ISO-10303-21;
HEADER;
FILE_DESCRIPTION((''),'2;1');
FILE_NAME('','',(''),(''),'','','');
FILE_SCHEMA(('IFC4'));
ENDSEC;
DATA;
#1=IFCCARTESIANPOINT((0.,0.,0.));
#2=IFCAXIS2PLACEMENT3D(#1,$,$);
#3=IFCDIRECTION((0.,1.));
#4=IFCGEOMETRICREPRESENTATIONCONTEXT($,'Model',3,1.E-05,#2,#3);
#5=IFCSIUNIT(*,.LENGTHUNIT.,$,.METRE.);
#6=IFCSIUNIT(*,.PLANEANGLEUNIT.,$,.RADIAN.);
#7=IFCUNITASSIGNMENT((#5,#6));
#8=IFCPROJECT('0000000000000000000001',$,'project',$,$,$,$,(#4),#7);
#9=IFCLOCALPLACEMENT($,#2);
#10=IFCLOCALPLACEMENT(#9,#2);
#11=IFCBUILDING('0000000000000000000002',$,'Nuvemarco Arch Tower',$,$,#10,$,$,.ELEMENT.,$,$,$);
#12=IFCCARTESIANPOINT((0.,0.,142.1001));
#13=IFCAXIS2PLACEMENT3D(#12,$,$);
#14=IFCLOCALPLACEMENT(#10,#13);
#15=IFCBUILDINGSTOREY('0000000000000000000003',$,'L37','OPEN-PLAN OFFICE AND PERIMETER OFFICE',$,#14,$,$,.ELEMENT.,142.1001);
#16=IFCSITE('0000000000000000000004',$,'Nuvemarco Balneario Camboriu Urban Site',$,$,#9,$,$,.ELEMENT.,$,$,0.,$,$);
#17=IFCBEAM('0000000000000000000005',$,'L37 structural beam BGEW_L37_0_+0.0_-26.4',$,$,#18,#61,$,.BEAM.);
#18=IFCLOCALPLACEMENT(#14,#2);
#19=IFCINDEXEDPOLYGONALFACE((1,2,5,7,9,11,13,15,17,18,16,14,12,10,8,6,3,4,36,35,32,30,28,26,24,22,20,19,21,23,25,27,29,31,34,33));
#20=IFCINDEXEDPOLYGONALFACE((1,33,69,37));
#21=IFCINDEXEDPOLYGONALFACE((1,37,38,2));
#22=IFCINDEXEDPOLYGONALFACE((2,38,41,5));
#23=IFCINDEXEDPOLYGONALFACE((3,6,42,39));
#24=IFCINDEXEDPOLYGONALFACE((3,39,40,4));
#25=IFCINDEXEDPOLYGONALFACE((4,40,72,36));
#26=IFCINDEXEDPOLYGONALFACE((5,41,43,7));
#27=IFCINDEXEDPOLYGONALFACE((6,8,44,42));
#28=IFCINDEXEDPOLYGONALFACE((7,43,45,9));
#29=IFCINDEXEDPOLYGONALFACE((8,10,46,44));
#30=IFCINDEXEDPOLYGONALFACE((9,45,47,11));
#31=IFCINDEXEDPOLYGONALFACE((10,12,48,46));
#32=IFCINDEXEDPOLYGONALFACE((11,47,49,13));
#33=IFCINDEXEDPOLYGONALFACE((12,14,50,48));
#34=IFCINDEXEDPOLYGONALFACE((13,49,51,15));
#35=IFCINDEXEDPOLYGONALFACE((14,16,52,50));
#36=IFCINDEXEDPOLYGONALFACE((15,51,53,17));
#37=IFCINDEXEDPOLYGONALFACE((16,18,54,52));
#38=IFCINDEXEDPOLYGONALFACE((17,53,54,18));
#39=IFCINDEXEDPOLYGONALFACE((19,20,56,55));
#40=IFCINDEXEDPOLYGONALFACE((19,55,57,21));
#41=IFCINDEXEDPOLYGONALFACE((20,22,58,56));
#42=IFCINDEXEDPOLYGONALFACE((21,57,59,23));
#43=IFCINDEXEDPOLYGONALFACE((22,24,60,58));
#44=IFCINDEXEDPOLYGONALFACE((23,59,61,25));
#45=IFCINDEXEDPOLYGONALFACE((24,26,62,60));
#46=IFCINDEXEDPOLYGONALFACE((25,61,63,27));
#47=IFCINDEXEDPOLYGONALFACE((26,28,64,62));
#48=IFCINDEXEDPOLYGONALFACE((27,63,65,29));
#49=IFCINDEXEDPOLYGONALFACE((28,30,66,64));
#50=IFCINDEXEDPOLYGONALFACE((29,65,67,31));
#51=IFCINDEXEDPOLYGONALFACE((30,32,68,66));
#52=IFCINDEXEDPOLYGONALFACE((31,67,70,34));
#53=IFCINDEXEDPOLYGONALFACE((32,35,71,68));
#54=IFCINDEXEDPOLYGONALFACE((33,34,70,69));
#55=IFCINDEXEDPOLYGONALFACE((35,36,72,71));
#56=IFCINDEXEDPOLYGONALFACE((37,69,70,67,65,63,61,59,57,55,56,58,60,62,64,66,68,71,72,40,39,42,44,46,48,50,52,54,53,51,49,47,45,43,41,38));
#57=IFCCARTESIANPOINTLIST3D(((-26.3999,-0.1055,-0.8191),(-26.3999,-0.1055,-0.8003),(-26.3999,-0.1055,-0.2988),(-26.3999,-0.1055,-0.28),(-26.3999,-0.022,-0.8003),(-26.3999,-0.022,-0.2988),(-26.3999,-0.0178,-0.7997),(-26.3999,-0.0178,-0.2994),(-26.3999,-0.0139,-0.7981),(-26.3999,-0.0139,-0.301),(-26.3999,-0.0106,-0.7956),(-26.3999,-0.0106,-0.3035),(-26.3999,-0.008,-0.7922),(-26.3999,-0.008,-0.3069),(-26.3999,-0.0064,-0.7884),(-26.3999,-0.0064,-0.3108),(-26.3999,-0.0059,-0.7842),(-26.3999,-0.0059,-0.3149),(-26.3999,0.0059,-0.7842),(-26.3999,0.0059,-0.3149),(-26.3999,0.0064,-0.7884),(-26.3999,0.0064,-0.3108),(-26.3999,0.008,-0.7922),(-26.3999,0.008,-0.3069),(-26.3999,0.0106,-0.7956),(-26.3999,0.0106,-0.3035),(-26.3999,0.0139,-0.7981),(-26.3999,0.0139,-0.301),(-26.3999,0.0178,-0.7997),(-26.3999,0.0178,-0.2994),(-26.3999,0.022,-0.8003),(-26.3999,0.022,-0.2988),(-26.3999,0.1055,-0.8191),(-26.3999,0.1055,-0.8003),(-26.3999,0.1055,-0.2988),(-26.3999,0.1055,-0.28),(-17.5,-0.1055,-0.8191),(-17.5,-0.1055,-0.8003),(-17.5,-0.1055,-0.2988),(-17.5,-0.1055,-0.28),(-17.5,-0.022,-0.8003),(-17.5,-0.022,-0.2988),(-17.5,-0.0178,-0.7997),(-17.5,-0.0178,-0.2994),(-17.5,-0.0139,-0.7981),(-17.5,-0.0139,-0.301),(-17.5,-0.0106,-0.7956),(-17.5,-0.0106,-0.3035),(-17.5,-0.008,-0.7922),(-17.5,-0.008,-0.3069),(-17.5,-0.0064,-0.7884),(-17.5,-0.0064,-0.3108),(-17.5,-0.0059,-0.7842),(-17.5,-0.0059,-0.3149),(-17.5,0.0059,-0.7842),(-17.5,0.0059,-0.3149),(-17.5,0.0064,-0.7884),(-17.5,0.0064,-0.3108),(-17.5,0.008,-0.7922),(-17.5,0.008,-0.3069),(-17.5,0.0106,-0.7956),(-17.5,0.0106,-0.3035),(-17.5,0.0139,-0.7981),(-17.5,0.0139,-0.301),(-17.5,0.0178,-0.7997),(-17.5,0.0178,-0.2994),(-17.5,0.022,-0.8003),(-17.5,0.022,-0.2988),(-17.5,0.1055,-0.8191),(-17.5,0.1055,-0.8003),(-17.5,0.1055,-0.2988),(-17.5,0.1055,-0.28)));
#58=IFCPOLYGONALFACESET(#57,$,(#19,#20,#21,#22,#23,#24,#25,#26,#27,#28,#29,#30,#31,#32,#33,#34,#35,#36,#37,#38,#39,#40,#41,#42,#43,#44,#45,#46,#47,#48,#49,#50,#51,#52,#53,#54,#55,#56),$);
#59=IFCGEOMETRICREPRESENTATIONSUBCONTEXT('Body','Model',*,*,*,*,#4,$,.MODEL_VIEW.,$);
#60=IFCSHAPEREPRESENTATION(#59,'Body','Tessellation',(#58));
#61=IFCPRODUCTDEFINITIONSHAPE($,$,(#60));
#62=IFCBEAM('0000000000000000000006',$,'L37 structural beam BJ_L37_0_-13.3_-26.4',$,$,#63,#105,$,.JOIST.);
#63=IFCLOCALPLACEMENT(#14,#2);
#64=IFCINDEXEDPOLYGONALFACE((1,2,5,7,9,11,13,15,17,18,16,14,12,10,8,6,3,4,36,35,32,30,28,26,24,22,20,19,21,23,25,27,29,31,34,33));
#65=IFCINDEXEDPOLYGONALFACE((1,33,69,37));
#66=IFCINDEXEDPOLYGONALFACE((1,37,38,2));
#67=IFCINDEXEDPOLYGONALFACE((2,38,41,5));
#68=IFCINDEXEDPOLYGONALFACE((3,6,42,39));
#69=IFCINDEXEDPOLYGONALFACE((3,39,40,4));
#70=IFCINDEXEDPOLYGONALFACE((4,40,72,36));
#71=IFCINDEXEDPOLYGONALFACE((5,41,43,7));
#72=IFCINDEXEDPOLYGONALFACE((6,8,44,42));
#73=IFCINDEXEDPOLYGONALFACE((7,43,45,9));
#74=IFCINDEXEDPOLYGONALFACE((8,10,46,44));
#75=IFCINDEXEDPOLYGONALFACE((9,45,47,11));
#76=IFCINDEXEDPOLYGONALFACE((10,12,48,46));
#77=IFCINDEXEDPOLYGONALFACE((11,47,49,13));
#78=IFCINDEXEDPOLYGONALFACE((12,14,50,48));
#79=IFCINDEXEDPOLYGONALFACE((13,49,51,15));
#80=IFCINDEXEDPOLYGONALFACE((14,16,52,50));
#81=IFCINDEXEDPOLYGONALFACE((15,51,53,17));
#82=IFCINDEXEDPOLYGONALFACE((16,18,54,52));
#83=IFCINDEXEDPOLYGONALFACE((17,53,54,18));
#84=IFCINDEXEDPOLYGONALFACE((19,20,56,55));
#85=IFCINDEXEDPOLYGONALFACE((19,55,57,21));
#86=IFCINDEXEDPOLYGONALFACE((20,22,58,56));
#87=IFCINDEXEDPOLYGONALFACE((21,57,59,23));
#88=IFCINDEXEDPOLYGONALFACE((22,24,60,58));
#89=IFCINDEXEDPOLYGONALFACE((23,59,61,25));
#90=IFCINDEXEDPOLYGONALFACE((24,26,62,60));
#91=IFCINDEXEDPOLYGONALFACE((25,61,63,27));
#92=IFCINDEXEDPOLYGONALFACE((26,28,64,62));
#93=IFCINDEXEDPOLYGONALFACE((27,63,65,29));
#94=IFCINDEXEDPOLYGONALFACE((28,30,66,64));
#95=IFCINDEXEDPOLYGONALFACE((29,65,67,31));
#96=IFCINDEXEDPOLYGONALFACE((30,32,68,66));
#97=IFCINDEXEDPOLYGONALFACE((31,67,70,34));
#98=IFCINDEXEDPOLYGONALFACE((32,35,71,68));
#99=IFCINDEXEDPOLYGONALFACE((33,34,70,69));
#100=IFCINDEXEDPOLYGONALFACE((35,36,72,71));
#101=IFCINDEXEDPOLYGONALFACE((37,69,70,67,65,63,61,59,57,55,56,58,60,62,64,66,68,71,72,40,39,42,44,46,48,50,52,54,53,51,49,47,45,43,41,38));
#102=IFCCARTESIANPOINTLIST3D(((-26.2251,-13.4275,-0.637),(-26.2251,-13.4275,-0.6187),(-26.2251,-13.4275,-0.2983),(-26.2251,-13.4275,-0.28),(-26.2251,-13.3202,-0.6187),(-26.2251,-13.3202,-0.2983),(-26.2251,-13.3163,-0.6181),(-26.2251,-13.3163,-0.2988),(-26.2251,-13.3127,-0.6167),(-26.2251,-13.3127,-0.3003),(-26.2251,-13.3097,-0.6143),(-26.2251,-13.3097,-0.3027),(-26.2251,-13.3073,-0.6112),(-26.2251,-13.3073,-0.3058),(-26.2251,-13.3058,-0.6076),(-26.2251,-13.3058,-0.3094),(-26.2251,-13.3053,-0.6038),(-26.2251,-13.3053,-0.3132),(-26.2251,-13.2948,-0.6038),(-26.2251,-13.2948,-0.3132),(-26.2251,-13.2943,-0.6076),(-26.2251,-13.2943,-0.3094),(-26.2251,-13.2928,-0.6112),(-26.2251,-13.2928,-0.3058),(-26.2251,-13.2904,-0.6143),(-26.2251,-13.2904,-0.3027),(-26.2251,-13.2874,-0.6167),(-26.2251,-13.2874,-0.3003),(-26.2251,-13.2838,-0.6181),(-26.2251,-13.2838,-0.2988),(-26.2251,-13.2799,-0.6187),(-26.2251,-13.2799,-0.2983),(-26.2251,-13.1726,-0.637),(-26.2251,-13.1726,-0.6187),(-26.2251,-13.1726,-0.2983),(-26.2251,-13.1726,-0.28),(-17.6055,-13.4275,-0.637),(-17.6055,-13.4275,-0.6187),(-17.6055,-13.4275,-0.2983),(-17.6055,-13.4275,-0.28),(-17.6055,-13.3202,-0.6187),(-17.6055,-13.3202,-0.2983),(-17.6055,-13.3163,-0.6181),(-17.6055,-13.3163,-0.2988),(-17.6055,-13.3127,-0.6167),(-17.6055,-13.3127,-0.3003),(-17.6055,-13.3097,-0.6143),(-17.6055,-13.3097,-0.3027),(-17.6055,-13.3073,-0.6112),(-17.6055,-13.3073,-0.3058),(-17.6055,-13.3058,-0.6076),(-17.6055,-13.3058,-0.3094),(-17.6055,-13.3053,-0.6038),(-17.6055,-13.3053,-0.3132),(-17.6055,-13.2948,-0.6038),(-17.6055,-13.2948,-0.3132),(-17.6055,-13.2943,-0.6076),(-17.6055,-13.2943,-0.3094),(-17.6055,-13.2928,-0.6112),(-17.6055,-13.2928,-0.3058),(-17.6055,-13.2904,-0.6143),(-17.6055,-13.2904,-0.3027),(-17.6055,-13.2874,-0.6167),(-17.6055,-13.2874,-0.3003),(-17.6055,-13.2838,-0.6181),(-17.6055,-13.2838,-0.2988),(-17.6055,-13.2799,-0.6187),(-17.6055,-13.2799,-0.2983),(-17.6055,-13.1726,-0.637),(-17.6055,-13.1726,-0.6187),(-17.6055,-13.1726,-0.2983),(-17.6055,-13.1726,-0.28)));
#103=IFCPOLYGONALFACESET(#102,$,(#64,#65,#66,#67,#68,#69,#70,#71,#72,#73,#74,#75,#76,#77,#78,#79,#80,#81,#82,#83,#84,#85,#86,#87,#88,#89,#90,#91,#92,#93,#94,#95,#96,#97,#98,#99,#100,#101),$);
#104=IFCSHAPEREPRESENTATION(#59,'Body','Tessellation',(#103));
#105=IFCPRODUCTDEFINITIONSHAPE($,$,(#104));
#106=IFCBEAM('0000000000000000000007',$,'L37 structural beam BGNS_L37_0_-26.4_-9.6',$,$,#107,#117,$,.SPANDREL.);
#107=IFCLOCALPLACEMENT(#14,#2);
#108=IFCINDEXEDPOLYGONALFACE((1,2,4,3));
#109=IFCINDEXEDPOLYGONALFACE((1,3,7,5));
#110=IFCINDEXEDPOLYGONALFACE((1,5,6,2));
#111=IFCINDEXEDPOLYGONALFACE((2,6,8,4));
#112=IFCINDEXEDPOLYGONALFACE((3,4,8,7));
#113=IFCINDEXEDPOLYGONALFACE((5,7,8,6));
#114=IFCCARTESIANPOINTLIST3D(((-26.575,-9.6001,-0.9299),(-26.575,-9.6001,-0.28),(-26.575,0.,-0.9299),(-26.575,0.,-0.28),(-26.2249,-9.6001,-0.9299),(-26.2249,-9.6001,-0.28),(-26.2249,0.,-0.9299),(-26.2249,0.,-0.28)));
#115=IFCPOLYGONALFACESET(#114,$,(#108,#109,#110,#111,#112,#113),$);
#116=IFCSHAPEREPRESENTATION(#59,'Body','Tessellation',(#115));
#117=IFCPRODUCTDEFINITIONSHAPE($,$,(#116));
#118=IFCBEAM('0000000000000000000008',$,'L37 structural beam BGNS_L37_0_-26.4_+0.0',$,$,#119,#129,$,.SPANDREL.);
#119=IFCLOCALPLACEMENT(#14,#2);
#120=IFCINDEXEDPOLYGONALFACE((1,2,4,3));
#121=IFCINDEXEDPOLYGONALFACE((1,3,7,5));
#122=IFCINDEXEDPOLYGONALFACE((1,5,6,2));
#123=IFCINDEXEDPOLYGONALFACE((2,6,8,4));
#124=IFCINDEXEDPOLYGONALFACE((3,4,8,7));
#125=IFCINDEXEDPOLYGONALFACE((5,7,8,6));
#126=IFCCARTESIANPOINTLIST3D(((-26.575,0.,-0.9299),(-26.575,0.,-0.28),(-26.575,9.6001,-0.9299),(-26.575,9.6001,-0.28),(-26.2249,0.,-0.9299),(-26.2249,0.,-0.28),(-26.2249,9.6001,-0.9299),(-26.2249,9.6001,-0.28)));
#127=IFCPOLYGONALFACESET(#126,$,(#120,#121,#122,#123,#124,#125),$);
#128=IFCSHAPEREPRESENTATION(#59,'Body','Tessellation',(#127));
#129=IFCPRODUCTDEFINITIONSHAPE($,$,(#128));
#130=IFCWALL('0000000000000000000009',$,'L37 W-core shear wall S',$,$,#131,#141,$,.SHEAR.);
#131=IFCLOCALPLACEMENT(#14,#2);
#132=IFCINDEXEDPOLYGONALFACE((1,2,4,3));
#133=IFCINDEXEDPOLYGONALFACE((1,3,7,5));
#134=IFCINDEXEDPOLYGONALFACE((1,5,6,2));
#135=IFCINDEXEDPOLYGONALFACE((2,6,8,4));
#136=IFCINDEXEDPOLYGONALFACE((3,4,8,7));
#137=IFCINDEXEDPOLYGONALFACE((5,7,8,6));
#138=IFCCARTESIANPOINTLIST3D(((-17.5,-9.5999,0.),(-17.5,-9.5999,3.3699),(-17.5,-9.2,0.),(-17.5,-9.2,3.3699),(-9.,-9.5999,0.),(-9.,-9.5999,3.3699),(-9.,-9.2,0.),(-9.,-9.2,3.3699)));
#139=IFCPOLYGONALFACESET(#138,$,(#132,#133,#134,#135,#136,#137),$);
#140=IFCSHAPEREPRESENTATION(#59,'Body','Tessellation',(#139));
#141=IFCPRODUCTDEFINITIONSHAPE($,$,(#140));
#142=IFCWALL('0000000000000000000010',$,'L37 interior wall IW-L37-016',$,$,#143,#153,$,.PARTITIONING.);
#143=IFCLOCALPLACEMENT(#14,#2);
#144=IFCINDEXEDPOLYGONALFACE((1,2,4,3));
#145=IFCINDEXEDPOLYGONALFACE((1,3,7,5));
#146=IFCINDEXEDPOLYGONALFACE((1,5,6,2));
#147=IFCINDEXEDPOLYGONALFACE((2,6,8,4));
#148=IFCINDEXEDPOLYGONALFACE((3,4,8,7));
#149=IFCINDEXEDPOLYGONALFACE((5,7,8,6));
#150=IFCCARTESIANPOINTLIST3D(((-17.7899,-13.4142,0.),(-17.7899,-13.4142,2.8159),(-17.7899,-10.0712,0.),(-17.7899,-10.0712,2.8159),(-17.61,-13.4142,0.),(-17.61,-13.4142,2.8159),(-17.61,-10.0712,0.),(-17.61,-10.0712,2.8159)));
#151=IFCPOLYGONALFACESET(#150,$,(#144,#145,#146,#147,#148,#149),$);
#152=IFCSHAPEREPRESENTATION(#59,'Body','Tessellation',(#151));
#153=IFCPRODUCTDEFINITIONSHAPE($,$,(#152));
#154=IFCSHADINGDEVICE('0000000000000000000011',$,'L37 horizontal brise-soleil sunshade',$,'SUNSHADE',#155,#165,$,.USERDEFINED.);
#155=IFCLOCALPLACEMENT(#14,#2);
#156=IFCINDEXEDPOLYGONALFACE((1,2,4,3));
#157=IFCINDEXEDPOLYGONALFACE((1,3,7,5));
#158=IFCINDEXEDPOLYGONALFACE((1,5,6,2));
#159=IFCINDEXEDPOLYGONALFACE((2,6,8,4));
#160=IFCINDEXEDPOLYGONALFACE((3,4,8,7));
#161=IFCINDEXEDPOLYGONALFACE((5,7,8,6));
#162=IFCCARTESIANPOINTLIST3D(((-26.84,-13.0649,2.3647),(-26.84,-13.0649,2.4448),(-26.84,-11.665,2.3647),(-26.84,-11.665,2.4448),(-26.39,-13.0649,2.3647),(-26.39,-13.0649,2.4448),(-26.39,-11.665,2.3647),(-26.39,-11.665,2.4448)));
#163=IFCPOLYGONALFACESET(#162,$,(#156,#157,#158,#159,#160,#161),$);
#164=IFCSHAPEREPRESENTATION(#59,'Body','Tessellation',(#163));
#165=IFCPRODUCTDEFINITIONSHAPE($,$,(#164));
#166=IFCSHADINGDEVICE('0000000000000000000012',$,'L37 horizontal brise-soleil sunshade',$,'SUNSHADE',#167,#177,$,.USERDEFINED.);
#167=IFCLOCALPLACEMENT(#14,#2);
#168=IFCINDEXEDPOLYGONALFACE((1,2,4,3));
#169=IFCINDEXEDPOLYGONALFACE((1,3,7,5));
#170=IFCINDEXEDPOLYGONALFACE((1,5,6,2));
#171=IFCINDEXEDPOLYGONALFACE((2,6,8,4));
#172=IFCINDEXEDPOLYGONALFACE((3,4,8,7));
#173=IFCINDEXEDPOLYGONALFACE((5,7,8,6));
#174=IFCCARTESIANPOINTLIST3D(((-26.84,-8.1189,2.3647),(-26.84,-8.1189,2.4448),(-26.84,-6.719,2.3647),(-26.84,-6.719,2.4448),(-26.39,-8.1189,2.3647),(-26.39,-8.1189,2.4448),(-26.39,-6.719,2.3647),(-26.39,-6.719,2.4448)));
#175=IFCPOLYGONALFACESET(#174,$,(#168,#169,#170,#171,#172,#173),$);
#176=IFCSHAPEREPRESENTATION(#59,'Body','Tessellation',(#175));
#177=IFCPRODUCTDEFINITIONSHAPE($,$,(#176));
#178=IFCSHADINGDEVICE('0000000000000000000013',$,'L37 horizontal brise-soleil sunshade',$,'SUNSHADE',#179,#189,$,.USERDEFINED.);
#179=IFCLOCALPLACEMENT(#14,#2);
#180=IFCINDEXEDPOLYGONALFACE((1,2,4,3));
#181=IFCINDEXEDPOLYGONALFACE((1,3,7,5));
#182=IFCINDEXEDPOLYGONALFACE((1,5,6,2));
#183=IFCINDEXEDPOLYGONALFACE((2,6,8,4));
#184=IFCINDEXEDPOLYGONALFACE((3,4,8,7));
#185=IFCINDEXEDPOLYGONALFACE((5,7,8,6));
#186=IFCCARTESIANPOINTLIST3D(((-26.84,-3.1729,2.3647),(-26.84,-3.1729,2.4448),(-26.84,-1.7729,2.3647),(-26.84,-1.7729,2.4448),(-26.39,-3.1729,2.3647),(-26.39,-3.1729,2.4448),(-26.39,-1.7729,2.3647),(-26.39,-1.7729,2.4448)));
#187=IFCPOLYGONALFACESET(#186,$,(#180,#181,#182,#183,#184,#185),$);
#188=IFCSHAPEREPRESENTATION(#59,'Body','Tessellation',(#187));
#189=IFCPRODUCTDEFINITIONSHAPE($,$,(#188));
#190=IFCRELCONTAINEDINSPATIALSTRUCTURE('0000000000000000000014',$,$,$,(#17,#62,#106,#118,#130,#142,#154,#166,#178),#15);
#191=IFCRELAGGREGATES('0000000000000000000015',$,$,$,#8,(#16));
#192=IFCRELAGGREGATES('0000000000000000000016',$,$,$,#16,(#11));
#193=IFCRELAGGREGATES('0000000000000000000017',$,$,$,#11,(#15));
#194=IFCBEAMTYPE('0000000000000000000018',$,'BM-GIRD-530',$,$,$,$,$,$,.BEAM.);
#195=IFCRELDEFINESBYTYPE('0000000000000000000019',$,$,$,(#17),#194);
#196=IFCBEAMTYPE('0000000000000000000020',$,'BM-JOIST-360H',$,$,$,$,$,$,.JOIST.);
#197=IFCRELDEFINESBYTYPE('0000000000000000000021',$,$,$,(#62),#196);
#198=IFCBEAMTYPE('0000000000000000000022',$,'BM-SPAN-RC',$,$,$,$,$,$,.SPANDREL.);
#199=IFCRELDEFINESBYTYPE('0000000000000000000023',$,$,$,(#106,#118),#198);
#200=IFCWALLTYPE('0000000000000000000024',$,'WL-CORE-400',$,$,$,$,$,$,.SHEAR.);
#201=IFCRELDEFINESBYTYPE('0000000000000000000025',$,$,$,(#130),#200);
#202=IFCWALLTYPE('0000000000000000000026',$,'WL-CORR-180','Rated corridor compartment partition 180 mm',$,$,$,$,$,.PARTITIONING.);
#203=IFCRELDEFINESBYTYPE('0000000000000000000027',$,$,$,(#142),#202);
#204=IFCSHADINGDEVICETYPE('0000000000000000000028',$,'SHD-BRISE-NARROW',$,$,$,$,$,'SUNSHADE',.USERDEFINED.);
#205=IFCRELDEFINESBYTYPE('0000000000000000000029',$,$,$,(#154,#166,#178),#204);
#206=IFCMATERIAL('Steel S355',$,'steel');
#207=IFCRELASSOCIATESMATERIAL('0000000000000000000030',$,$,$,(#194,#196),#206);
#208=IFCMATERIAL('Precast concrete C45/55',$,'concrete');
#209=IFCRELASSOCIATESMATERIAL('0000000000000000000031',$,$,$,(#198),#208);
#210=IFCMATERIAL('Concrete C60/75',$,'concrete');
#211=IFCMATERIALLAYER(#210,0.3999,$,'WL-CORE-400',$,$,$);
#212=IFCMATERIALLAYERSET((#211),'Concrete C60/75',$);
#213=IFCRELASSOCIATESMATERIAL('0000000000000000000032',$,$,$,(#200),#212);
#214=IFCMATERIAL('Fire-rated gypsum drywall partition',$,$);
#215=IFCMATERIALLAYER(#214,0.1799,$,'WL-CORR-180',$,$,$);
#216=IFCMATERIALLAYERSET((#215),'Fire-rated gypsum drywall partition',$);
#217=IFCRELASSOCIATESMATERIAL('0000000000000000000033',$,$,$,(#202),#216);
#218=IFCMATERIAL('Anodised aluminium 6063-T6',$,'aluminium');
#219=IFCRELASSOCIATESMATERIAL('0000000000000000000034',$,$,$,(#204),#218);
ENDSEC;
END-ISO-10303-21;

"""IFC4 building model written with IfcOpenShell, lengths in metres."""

from ifc_helpers import new_model, si_unit, direction, frame, frame_2d, origin, origin_2d, place, context, subcontext, project, spatial, rectangle, i_section, extrude, source, transform, mapped, material, layer, layer_set, material_profile, profile_set, type_object, type_shapes, element, save


model = new_model("IFC4")

# Units and contexts
model_context = context("Model", 3, precision=1e-05, world=origin(), true_north=direction((0.0, 1.0)))
body_context = subcontext(model_context, "Body", "Model", "MODEL_VIEW")
ifc_project = project(units=[si_unit("LENGTHUNIT", "METRE"), si_unit("PLANEANGLEUNIT", "RADIAN")], contexts=[model_context])

# Site, building, storey
site_placement = place(None, origin())
site = spatial("IfcSite", under=ifc_project, at=site_placement, Name="Nuvemarco Balneario Camboriu Urban Site", CompositionType="ELEMENT", RefElevation=0.0)
building_placement = place(site_placement, origin())
building = spatial("IfcBuilding", under=site, at=building_placement, Name="Nuvemarco Arch Tower", CompositionType="ELEMENT")
storey_placement = place(building_placement, frame((0.0, 0.0, 142.1001)))
storey = spatial("IfcBuildingStorey", under=building, at=storey_placement, Name="L37", Description="OPEN-PLAN OFFICE AND PERIMETER OFFICE", CompositionType="ELEMENT", Elevation=142.1001)

# Shared definitions
ifc_material_1 = material(Name="Steel S355", Category="steel")

# Beams
ifc_material_profile_1 = material_profile(ifc_material_1, i_section(OverallWidth=0.2109, OverallDepth=0.5391, WebThickness=0.0117, FlangeThickness=0.0188, FilletRadius=0.0161, at=origin_2d()), Name="W530x109")
ifc_profile_set_1 = profile_set([ifc_material_profile_1], Name="Steel S355")
beam_type_1 = type_object("IfcBeamType", Name="BM-GIRD-530", PredefinedType="BEAM", material=ifc_profile_set_1)
beam_1_placement = place(storey_placement, frame((-26.3999, 0.0, -0.5496), z_axis=(1.0, 0.0, 0.0), x_axis=(0.0, 1.0, 0.0)))
element("IfcBeam", 1, at=beam_1_placement, inside=storey, type_object=beam_type_1, Name="L37 structural beam BGEW_L37_0_+0.0_-26.4", PredefinedType="BEAM", context=body_context, shape_type="SweptSolid", body=[
    extrude(i_section(OverallWidth=0.2109, OverallDepth=0.5391, WebThickness=0.0117, FlangeThickness=0.0188, FilletRadius=0.0161, at=origin_2d()), origin(), (0.0, 0.0, 1.0), 8.8999),
])
ifc_material_profile_2 = material_profile(ifc_material_1, i_section(OverallWidth=0.2549, OverallDepth=0.3569, WebThickness=0.0105, FlangeThickness=0.0183, FilletRadius=0.0149, at=origin_2d()), Name="W360x101")
ifc_profile_set_2 = profile_set([ifc_material_profile_2], Name="Steel S355")
beam_type_2 = type_object("IfcBeamType", Name="BM-JOIST-360H", PredefinedType="JOIST", material=ifc_profile_set_2)
beam_2_placement = place(storey_placement, frame((-26.2251, -13.3, -0.4585), z_axis=(1.0, 0.0, 0.0), x_axis=(0.0, 1.0, 0.0)))
element("IfcBeam", 2, at=beam_2_placement, inside=storey, type_object=beam_type_2, Name="L37 structural beam BJ_L37_0_-13.3_-26.4", PredefinedType="JOIST", context=body_context, shape_type="SweptSolid", body=[
    extrude(i_section(OverallWidth=0.2549, OverallDepth=0.3569, WebThickness=0.0105, FlangeThickness=0.0183, FilletRadius=0.0149, at=origin_2d()), origin(), (0.0, 0.0, 1.0), 8.6196),
])
ifc_material_2 = material(Name="Precast concrete C45/55", Category="concrete")
ifc_material_profile_3 = material_profile(ifc_material_2, rectangle(XDim=0.3501, YDim=0.6499, at=origin_2d()), Name="PC-SP-350x650")
ifc_profile_set_3 = profile_set([ifc_material_profile_3], Name="Precast concrete C45/55")
beam_type_3 = type_object("IfcBeamType", Name="BM-SPAN-RC", PredefinedType="SPANDREL", material=ifc_profile_set_3)
for number, where, z_axis, x_axis, name in (
    (3, (-26.3999, -9.6001, -0.605), (0.0, 1.0, 0.0), (-1.0, 0.0, 0.0), "L37 structural beam BGNS_L37_0_-26.4_-9.6"),
    (4, (-26.3999, 0.0, -0.605), (0.0, 1.0, 0.0), (-1.0, 0.0, 0.0), "L37 structural beam BGNS_L37_0_-26.4_+0.0"),
):
    element("IfcBeam", number, at=place(storey_placement, frame(where, z_axis=z_axis, x_axis=x_axis)), inside=storey, type_object=beam_type_3, Name=name, PredefinedType="SPANDREL", context=body_context, shape_type="SweptSolid", body=[
        extrude(rectangle(XDim=0.3501, YDim=0.6499, at=origin_2d()), origin(), (0.0, 0.0, 1.0), 9.6001),
    ])

# Walls
ifc_material_3 = material(Name="Concrete C60/75", Category="concrete")
ifc_layer_1 = layer(ifc_material_3, 0.3999, Name="WL-CORE-400")
ifc_layer_set_1 = layer_set([ifc_layer_1], Name="Concrete C60/75")
wall_type_1 = type_object("IfcWallType", Name="WL-CORE-400", PredefinedType="SHEAR", material=ifc_layer_set_1)
wall_1_placement = place(storey_placement, frame((-17.5, -9.3999, 0.0), z_axis=(0.0, 0.0, 1.0), x_axis=(1.0, 0.0, 0.0)))
element("IfcWall", 5, at=wall_1_placement, inside=storey, type_object=wall_type_1, Name="L37 W-core shear wall S", PredefinedType="SHEAR", context=body_context, shape_type="SweptSolid", body=[
    extrude(rectangle(XDim=8.5, YDim=0.3999, at=frame_2d((4.25, 0.0))), origin(), (0.0, 0.0, 1.0), 3.3699),
])
ifc_material_4 = material(Name="Fire-rated gypsum drywall partition")
ifc_layer_2 = layer(ifc_material_4, 0.1799, Name="WL-CORR-180")
ifc_layer_set_2 = layer_set([ifc_layer_2], Name="Fire-rated gypsum drywall partition")
wall_type_2 = type_object("IfcWallType", Name="WL-CORR-180", Description="Rated corridor compartment partition 180 mm", PredefinedType="PARTITIONING", material=ifc_layer_set_2)
wall_2_placement = place(storey_placement, frame((-17.7, -13.4141, 0.0), z_axis=(0.0, 0.0, 1.0), x_axis=(0.0, 1.0, 0.0)))
element("IfcWall", 6, at=wall_2_placement, inside=storey, type_object=wall_type_2, Name="L37 interior wall IW-L37-016", PredefinedType="PARTITIONING", context=body_context, shape_type="SweptSolid", body=[
    extrude(rectangle(XDim=3.343, YDim=0.1799, at=frame_2d((1.6714, 0.0))), origin(), (0.0, 0.0, 1.0), 2.8159),
])

# Shading devices
ifc_material_5 = material(Name="Anodised aluminium 6063-T6", Category="aluminium")
shading_device_type = type_object("IfcShadingDeviceType", Name="SHD-BRISE-NARROW", ElementType="SUNSHADE", PredefinedType="USERDEFINED", material=ifc_material_5)
shared_shape = source(origin(), body_context, "Body", "SweptSolid", [
    extrude(rectangle(XDim=1.3999, YDim=0.45, at=origin_2d()), origin(), (0.0, 0.0, 1.0), 0.0801),
])
type_shapes(shading_device_type, [shared_shape])
for number, where, z_axis, x_axis, name in (
    (7, (-26.615, -12.365, 2.3647), (0.0, 0.0, 1.0), (0.0, 1.0, 0.0), "L37 horizontal brise-soleil sunshade"),
    (8, (-26.615, -7.4189, 2.3647), (0.0, 0.0, 1.0), (0.0, 1.0, 0.0), "L37 horizontal brise-soleil sunshade"),
    (9, (-26.615, -2.4729, 2.3647), (0.0, 0.0, 1.0), (0.0, 1.0, 0.0), "L37 horizontal brise-soleil sunshade"),
):
    element("IfcShadingDevice", number, at=place(storey_placement, frame(where, z_axis=z_axis, x_axis=x_axis)), inside=storey, type_object=shading_device_type, Name=name, ObjectType="SUNSHADE", PredefinedType="USERDEFINED", context=body_context, shape_type="MappedRepresentation", body=[
        mapped(shared_shape, transform((0.0, 0.0, 0.0), scale=1.0)),
    ])

save(model, "model.ifc")
